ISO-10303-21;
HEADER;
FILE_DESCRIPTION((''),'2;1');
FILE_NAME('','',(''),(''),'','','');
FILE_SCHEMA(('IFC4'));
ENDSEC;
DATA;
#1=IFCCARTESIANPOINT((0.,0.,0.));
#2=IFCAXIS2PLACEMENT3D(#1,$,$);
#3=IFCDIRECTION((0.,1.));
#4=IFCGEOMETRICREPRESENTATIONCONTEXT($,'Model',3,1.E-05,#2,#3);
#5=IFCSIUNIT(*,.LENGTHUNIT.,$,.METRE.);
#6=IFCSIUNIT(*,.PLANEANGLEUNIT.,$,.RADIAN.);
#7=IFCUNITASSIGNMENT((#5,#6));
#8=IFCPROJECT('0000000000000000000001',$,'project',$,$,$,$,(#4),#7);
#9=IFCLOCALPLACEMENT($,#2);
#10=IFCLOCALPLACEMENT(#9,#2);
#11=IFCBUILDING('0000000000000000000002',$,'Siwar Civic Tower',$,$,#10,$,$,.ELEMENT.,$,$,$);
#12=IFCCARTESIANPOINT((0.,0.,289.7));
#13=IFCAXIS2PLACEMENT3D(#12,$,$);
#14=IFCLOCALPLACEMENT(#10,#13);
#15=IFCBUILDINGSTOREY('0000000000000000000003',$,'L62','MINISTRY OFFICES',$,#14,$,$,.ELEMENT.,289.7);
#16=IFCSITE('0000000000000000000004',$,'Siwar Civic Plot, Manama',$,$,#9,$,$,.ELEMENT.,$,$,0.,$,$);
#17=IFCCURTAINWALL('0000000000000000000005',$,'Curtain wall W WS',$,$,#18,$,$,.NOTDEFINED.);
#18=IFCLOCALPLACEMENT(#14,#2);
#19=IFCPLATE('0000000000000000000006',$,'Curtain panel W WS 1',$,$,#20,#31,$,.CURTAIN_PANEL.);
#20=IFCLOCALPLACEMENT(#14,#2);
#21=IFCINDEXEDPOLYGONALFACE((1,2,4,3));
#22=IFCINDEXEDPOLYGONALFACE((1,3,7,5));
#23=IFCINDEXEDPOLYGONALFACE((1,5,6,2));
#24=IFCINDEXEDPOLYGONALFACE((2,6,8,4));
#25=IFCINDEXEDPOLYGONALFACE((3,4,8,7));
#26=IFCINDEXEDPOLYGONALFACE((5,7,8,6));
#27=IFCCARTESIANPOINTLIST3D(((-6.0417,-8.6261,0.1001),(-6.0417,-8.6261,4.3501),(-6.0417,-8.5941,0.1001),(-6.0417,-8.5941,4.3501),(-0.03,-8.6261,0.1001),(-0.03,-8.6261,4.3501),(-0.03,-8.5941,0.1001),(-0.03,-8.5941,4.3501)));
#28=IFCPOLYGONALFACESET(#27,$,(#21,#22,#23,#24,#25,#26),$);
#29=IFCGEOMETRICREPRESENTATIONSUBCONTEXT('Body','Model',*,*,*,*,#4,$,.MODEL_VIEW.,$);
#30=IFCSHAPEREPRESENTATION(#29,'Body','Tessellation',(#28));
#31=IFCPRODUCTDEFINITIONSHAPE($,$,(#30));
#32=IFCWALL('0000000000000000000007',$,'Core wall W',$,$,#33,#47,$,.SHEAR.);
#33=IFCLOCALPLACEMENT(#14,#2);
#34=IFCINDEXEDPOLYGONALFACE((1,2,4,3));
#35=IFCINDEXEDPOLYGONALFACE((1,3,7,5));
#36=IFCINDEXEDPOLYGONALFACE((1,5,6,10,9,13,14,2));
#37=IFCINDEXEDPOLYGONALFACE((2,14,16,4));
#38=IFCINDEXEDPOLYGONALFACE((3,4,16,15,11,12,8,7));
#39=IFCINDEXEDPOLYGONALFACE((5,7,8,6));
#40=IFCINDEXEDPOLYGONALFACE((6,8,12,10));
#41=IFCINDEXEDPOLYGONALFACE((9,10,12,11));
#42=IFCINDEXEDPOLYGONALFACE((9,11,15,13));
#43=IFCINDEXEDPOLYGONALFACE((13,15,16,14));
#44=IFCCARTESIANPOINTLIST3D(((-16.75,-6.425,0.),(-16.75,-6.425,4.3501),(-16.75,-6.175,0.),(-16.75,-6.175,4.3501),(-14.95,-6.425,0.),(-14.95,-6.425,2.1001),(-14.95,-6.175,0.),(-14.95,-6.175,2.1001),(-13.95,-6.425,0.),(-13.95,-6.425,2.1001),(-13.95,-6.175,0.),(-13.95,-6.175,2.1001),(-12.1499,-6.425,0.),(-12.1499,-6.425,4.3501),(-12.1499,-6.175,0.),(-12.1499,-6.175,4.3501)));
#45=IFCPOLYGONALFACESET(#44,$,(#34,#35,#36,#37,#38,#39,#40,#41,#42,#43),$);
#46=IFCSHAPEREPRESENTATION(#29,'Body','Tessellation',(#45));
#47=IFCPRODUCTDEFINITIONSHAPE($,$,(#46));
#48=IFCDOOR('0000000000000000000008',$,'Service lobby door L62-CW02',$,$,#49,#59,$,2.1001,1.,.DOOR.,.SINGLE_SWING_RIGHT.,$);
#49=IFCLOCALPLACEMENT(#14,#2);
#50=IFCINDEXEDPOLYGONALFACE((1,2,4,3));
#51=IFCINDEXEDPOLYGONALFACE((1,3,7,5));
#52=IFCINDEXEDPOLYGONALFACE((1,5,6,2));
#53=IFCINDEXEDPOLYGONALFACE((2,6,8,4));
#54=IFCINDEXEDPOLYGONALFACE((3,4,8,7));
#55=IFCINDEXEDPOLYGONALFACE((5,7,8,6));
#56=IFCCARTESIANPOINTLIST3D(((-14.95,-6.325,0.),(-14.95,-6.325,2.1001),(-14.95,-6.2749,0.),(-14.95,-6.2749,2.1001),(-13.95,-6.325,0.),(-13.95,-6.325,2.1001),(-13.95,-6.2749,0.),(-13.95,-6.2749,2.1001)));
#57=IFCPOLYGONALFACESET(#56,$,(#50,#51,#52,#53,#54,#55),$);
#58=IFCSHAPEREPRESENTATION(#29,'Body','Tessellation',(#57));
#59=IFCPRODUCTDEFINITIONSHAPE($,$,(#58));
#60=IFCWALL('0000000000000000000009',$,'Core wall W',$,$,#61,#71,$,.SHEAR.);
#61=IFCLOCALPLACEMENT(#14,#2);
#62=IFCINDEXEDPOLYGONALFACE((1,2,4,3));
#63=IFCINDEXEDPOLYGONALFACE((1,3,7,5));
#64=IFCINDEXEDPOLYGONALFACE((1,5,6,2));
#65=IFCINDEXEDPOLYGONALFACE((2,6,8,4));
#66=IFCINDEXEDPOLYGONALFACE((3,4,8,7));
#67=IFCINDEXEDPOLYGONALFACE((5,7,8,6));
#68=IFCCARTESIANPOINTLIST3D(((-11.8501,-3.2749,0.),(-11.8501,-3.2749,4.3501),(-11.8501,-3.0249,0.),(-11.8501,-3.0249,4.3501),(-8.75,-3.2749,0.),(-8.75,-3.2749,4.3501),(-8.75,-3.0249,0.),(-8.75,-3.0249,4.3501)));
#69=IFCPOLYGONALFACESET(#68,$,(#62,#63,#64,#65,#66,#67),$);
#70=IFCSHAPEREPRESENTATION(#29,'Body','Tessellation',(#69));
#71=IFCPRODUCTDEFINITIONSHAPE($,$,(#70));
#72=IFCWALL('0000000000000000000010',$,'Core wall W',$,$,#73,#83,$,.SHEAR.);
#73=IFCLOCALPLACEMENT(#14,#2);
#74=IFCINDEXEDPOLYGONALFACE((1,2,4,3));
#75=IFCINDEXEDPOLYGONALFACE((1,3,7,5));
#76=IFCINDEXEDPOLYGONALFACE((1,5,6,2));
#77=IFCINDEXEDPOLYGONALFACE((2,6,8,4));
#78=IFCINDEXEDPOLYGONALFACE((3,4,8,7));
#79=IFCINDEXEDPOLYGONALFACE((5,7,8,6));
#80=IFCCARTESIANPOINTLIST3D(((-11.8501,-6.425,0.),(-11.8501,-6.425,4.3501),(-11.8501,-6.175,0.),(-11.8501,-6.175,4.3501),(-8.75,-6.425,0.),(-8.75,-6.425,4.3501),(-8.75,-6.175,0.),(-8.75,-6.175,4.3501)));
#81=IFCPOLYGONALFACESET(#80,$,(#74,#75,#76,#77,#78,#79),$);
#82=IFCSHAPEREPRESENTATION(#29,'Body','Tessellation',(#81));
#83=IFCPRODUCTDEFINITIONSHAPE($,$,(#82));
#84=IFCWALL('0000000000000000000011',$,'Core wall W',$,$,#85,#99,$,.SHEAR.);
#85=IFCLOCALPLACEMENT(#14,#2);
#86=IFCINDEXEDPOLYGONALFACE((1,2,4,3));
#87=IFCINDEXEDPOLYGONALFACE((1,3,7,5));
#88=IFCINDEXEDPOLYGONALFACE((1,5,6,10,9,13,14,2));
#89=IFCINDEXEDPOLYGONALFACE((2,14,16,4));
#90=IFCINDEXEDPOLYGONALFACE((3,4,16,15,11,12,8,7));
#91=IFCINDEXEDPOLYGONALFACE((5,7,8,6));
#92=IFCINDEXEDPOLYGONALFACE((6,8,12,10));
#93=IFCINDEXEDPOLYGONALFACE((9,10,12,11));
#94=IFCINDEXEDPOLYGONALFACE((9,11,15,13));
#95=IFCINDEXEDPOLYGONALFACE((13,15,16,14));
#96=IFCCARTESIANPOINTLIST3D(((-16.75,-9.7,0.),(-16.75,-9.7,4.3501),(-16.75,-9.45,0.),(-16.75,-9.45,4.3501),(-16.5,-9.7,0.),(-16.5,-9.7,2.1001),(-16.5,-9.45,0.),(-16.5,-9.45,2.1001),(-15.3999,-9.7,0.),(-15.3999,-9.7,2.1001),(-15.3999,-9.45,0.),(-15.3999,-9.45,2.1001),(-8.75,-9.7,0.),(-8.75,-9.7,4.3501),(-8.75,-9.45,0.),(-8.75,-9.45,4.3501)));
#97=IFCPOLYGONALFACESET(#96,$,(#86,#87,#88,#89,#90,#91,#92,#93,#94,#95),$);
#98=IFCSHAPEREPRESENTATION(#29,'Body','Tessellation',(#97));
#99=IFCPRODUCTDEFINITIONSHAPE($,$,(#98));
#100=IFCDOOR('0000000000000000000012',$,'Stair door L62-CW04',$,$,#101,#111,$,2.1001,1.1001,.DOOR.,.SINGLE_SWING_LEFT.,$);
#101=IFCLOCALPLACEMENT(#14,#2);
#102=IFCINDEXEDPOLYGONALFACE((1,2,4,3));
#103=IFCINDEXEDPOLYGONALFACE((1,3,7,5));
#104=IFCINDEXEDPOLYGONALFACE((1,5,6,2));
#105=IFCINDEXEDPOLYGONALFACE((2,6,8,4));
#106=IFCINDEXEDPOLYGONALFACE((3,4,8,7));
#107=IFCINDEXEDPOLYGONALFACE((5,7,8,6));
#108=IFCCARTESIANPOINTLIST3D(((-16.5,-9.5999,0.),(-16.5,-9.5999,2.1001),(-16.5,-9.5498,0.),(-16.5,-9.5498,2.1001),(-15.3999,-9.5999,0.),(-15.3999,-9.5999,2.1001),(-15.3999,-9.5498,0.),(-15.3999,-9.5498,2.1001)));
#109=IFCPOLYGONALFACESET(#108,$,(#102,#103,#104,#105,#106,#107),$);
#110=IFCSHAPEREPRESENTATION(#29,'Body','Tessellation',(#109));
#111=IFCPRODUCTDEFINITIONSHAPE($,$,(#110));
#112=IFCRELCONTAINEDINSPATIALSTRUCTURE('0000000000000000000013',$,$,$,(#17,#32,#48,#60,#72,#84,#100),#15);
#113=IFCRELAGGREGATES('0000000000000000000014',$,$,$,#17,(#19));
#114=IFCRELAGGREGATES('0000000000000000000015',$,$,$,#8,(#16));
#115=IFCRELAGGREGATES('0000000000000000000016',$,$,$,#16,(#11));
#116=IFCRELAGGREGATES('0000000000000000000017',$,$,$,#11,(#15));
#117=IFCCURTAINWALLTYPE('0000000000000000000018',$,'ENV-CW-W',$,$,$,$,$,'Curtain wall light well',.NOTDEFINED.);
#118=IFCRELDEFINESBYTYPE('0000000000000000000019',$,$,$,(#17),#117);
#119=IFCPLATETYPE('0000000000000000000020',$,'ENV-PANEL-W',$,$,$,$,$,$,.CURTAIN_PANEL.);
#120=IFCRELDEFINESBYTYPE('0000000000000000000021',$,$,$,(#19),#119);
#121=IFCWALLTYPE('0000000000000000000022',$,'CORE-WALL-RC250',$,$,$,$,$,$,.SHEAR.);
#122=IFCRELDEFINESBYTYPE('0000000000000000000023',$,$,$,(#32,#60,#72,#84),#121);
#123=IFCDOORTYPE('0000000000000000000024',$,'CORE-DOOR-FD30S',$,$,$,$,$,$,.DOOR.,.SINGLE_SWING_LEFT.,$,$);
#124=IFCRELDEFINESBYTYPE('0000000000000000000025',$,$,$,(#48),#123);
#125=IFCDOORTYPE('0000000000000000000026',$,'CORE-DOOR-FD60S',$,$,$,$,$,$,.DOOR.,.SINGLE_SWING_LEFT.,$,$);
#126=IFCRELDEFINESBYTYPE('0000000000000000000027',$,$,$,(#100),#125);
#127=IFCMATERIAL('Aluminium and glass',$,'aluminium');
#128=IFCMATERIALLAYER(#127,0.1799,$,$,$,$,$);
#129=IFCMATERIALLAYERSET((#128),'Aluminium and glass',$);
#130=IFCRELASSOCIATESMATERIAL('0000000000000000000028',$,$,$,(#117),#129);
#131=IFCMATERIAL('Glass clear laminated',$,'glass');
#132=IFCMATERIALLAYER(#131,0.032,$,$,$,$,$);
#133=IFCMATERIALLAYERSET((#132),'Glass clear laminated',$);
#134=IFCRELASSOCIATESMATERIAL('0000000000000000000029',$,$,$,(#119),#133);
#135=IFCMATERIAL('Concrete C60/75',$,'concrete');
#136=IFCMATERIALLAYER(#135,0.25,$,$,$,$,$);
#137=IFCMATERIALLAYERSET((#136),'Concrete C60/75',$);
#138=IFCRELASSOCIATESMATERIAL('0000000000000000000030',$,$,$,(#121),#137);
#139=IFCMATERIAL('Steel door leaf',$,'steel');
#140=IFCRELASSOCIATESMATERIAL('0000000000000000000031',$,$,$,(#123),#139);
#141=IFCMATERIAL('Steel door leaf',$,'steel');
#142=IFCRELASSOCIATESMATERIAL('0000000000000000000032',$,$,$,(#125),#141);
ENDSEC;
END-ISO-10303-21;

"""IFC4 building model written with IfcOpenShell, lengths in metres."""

from ifc_helpers import new_model, si_unit, direction, frame, frame_2d, origin, origin_2d, place, context, subcontext, project, spatial, rectangle, extrude, material, layer, layer_set, type_object, element, fill, aggregate, save


model = new_model("IFC4")

# Units and contexts
model_context = context("Model", 3, precision=1e-05, world=origin(), true_north=direction((0.0, 1.0)))
body_context = subcontext(model_context, "Body", "Model", "MODEL_VIEW")
ifc_project = project(units=[si_unit("LENGTHUNIT", "METRE"), si_unit("PLANEANGLEUNIT", "RADIAN")], contexts=[model_context])

# Site, building, storey
site_placement = place(None, origin())
site = spatial("IfcSite", under=ifc_project, at=site_placement, Name="Siwar Civic Plot, Manama", CompositionType="ELEMENT", RefElevation=0.0)
building_placement = place(site_placement, origin())
building = spatial("IfcBuilding", under=site, at=building_placement, Name="Siwar Civic Tower", CompositionType="ELEMENT")
storey_placement = place(building_placement, frame((0.0, 0.0, 289.7)))
storey = spatial("IfcBuildingStorey", under=building, at=storey_placement, Name="L62", Description="MINISTRY OFFICES", CompositionType="ELEMENT", Elevation=289.7)

# Curtain wall
ifc_material_1 = material(Name="Aluminium and glass", Category="aluminium")
ifc_layer_1 = layer(ifc_material_1, 0.1799)
ifc_layer_set_1 = layer_set([ifc_layer_1], Name="Aluminium and glass")
curtain_wall_type = type_object("IfcCurtainWallType", Name="ENV-CW-W", ElementType="Curtain wall light well", PredefinedType="NOTDEFINED", material=ifc_layer_set_1)
curtain_wall_placement = place(storey_placement, origin())
curtain_wall = element("IfcCurtainWall", 1, at=curtain_wall_placement, inside=storey, type_object=curtain_wall_type, Name="Curtain wall W WS", PredefinedType="NOTDEFINED")

# Plate
ifc_material_2 = material(Name="Glass clear laminated", Category="glass")
ifc_layer_2 = layer(ifc_material_2, 0.032)
ifc_layer_set_2 = layer_set([ifc_layer_2], Name="Glass clear laminated")
plate_type = type_object("IfcPlateType", Name="ENV-PANEL-W", PredefinedType="CURTAIN_PANEL", material=ifc_layer_set_2)
plate_placement = place(storey_placement, frame((-3.0359, -8.6101, 0.1001), z_axis=(0.0, 0.0, 1.0), x_axis=(1.0, 0.0, 0.0)))
plate = element("IfcPlate", 2, at=plate_placement, type_object=plate_type, Name="Curtain panel W WS 1", PredefinedType="CURTAIN_PANEL", context=body_context, shape_type="SweptSolid", body=[
    extrude(rectangle(XDim=6.0117, YDim=0.032, at=origin_2d()), origin(), (0.0, 0.0, 1.0), 4.25),
])
aggregate(curtain_wall, [plate])

# Wall, opening, door
ifc_material_3 = material(Name="Concrete C60/75", Category="concrete")
ifc_layer_3 = layer(ifc_material_3, 0.25)
ifc_layer_set_3 = layer_set([ifc_layer_3], Name="Concrete C60/75")
wall_type_1 = type_object("IfcWallType", Name="CORE-WALL-RC250", PredefinedType="SHEAR", material=ifc_layer_set_3)
wall_1_placement = place(storey_placement, frame((-12.1499, -6.3, 0.0), z_axis=(0.0, 0.0, 1.0), x_axis=(-1.0, 0.0, 0.0)))
wall_1 = element("IfcWall", 3, at=wall_1_placement, inside=storey, type_object=wall_type_1, Name="Core wall W", PredefinedType="SHEAR", context=body_context, shape_type="SweptSolid", body=[
    extrude(rectangle(XDim=4.6001, YDim=0.25, at=frame_2d((2.3, 0.0))), origin(), (0.0, 0.0, 1.0), 4.3501),
])
opening_1_placement = place(wall_1_placement, frame((1.8, 0.0, 0.0)))
opening_1 = element("IfcOpeningElement", 4, at=opening_1_placement, cuts=wall_1, PredefinedType="OPENING", context=body_context, shape_type="SweptSolid", body=[
    extrude(rectangle(XDim=1.0, YDim=2.1001, at=frame_2d((0.5, 1.05))), frame((0.0, 0.135, 0.0), z_axis=(0.0, -1.0, 0.0), x_axis=(1.0, 0.0, 0.0)), (0.0, 0.0, 1.0), 0.27),
])
ifc_material_4 = material(Name="Steel door leaf", Category="steel")
door_type_1 = type_object("IfcDoorType", Name="CORE-DOOR-FD30S", OperationType="SINGLE_SWING_LEFT", PredefinedType="DOOR", material=ifc_material_4)
door_1_placement = place(opening_1_placement, origin())
door_1 = element("IfcDoor", 5, at=door_1_placement, inside=storey, type_object=door_type_1, Name="Service lobby door L62-CW02", OperationType="SINGLE_SWING_RIGHT", OverallHeight=2.1001, OverallWidth=1.0, PredefinedType="DOOR", context=body_context, shape_type="SweptSolid", body=[
    extrude(rectangle(XDim=1.0, YDim=2.1001, at=frame_2d((0.5, 1.05))), frame((0.0, 0.0249, 0.0), z_axis=(0.0, -1.0, 0.0), x_axis=(1.0, 0.0, 0.0)), (0.0, 0.0, 1.0), 0.05),
])
fill(opening_1, door_1)

# Walls
for number, where, z_axis, x_axis, name in (
    (6, (-8.75, -3.1499, 0.0), (0.0, 0.0, 1.0), (-1.0, 0.0, 0.0), "Core wall W"),
    (7, (-8.75, -6.3, 0.0), (0.0, 0.0, 1.0), (-1.0, 0.0, 0.0), "Core wall W"),
):
    element("IfcWall", number, at=place(storey_placement, frame(where, z_axis=z_axis, x_axis=x_axis)), inside=storey, type_object=wall_type_1, Name=name, PredefinedType="SHEAR", context=body_context, shape_type="SweptSolid", body=[
        extrude(rectangle(XDim=3.1001, YDim=0.25, at=frame_2d((1.55, 0.0))), origin(), (0.0, 0.0, 1.0), 4.3501),
    ])

# Wall, opening, door
wall_2_placement = place(storey_placement, frame((-8.75, -9.575, 0.0), z_axis=(0.0, 0.0, 1.0), x_axis=(-1.0, 0.0, 0.0)))
wall_2 = element("IfcWall", 8, at=wall_2_placement, inside=storey, type_object=wall_type_1, Name="Core wall W", PredefinedType="SHEAR", context=body_context, shape_type="SweptSolid", body=[
    extrude(rectangle(XDim=8.0, YDim=0.25, at=frame_2d((4.0, 0.0))), origin(), (0.0, 0.0, 1.0), 4.3501),
])
opening_2_placement = place(wall_2_placement, frame((6.6499, 0.0, 0.0)))
opening_2 = element("IfcOpeningElement", 9, at=opening_2_placement, cuts=wall_2, PredefinedType="OPENING", context=body_context, shape_type="SweptSolid", body=[
    extrude(rectangle(XDim=1.1001, YDim=2.1001, at=frame_2d((0.55, 1.05))), frame((0.0, 0.135, 0.0), z_axis=(0.0, -1.0, 0.0), x_axis=(1.0, 0.0, 0.0)), (0.0, 0.0, 1.0), 0.27),
])
ifc_material_5 = material(Name="Steel door leaf", Category="steel")
door_type_2 = type_object("IfcDoorType", Name="CORE-DOOR-FD60S", OperationType="SINGLE_SWING_LEFT", PredefinedType="DOOR", material=ifc_material_5)
door_2_placement = place(opening_2_placement, origin())
door_2 = element("IfcDoor", 10, at=door_2_placement, inside=storey, type_object=door_type_2, Name="Stair door L62-CW04", OperationType="SINGLE_SWING_LEFT", OverallHeight=2.1001, OverallWidth=1.1001, PredefinedType="DOOR", context=body_context, shape_type="SweptSolid", body=[
    extrude(rectangle(XDim=1.1001, YDim=2.1001, at=frame_2d((0.55, 1.05))), frame((0.0, 0.0249, 0.0), z_axis=(0.0, -1.0, 0.0), x_axis=(1.0, 0.0, 0.0)), (0.0, 0.0, 1.0), 0.05),
])
fill(opening_2, door_2)

save(model, "model.ifc")
